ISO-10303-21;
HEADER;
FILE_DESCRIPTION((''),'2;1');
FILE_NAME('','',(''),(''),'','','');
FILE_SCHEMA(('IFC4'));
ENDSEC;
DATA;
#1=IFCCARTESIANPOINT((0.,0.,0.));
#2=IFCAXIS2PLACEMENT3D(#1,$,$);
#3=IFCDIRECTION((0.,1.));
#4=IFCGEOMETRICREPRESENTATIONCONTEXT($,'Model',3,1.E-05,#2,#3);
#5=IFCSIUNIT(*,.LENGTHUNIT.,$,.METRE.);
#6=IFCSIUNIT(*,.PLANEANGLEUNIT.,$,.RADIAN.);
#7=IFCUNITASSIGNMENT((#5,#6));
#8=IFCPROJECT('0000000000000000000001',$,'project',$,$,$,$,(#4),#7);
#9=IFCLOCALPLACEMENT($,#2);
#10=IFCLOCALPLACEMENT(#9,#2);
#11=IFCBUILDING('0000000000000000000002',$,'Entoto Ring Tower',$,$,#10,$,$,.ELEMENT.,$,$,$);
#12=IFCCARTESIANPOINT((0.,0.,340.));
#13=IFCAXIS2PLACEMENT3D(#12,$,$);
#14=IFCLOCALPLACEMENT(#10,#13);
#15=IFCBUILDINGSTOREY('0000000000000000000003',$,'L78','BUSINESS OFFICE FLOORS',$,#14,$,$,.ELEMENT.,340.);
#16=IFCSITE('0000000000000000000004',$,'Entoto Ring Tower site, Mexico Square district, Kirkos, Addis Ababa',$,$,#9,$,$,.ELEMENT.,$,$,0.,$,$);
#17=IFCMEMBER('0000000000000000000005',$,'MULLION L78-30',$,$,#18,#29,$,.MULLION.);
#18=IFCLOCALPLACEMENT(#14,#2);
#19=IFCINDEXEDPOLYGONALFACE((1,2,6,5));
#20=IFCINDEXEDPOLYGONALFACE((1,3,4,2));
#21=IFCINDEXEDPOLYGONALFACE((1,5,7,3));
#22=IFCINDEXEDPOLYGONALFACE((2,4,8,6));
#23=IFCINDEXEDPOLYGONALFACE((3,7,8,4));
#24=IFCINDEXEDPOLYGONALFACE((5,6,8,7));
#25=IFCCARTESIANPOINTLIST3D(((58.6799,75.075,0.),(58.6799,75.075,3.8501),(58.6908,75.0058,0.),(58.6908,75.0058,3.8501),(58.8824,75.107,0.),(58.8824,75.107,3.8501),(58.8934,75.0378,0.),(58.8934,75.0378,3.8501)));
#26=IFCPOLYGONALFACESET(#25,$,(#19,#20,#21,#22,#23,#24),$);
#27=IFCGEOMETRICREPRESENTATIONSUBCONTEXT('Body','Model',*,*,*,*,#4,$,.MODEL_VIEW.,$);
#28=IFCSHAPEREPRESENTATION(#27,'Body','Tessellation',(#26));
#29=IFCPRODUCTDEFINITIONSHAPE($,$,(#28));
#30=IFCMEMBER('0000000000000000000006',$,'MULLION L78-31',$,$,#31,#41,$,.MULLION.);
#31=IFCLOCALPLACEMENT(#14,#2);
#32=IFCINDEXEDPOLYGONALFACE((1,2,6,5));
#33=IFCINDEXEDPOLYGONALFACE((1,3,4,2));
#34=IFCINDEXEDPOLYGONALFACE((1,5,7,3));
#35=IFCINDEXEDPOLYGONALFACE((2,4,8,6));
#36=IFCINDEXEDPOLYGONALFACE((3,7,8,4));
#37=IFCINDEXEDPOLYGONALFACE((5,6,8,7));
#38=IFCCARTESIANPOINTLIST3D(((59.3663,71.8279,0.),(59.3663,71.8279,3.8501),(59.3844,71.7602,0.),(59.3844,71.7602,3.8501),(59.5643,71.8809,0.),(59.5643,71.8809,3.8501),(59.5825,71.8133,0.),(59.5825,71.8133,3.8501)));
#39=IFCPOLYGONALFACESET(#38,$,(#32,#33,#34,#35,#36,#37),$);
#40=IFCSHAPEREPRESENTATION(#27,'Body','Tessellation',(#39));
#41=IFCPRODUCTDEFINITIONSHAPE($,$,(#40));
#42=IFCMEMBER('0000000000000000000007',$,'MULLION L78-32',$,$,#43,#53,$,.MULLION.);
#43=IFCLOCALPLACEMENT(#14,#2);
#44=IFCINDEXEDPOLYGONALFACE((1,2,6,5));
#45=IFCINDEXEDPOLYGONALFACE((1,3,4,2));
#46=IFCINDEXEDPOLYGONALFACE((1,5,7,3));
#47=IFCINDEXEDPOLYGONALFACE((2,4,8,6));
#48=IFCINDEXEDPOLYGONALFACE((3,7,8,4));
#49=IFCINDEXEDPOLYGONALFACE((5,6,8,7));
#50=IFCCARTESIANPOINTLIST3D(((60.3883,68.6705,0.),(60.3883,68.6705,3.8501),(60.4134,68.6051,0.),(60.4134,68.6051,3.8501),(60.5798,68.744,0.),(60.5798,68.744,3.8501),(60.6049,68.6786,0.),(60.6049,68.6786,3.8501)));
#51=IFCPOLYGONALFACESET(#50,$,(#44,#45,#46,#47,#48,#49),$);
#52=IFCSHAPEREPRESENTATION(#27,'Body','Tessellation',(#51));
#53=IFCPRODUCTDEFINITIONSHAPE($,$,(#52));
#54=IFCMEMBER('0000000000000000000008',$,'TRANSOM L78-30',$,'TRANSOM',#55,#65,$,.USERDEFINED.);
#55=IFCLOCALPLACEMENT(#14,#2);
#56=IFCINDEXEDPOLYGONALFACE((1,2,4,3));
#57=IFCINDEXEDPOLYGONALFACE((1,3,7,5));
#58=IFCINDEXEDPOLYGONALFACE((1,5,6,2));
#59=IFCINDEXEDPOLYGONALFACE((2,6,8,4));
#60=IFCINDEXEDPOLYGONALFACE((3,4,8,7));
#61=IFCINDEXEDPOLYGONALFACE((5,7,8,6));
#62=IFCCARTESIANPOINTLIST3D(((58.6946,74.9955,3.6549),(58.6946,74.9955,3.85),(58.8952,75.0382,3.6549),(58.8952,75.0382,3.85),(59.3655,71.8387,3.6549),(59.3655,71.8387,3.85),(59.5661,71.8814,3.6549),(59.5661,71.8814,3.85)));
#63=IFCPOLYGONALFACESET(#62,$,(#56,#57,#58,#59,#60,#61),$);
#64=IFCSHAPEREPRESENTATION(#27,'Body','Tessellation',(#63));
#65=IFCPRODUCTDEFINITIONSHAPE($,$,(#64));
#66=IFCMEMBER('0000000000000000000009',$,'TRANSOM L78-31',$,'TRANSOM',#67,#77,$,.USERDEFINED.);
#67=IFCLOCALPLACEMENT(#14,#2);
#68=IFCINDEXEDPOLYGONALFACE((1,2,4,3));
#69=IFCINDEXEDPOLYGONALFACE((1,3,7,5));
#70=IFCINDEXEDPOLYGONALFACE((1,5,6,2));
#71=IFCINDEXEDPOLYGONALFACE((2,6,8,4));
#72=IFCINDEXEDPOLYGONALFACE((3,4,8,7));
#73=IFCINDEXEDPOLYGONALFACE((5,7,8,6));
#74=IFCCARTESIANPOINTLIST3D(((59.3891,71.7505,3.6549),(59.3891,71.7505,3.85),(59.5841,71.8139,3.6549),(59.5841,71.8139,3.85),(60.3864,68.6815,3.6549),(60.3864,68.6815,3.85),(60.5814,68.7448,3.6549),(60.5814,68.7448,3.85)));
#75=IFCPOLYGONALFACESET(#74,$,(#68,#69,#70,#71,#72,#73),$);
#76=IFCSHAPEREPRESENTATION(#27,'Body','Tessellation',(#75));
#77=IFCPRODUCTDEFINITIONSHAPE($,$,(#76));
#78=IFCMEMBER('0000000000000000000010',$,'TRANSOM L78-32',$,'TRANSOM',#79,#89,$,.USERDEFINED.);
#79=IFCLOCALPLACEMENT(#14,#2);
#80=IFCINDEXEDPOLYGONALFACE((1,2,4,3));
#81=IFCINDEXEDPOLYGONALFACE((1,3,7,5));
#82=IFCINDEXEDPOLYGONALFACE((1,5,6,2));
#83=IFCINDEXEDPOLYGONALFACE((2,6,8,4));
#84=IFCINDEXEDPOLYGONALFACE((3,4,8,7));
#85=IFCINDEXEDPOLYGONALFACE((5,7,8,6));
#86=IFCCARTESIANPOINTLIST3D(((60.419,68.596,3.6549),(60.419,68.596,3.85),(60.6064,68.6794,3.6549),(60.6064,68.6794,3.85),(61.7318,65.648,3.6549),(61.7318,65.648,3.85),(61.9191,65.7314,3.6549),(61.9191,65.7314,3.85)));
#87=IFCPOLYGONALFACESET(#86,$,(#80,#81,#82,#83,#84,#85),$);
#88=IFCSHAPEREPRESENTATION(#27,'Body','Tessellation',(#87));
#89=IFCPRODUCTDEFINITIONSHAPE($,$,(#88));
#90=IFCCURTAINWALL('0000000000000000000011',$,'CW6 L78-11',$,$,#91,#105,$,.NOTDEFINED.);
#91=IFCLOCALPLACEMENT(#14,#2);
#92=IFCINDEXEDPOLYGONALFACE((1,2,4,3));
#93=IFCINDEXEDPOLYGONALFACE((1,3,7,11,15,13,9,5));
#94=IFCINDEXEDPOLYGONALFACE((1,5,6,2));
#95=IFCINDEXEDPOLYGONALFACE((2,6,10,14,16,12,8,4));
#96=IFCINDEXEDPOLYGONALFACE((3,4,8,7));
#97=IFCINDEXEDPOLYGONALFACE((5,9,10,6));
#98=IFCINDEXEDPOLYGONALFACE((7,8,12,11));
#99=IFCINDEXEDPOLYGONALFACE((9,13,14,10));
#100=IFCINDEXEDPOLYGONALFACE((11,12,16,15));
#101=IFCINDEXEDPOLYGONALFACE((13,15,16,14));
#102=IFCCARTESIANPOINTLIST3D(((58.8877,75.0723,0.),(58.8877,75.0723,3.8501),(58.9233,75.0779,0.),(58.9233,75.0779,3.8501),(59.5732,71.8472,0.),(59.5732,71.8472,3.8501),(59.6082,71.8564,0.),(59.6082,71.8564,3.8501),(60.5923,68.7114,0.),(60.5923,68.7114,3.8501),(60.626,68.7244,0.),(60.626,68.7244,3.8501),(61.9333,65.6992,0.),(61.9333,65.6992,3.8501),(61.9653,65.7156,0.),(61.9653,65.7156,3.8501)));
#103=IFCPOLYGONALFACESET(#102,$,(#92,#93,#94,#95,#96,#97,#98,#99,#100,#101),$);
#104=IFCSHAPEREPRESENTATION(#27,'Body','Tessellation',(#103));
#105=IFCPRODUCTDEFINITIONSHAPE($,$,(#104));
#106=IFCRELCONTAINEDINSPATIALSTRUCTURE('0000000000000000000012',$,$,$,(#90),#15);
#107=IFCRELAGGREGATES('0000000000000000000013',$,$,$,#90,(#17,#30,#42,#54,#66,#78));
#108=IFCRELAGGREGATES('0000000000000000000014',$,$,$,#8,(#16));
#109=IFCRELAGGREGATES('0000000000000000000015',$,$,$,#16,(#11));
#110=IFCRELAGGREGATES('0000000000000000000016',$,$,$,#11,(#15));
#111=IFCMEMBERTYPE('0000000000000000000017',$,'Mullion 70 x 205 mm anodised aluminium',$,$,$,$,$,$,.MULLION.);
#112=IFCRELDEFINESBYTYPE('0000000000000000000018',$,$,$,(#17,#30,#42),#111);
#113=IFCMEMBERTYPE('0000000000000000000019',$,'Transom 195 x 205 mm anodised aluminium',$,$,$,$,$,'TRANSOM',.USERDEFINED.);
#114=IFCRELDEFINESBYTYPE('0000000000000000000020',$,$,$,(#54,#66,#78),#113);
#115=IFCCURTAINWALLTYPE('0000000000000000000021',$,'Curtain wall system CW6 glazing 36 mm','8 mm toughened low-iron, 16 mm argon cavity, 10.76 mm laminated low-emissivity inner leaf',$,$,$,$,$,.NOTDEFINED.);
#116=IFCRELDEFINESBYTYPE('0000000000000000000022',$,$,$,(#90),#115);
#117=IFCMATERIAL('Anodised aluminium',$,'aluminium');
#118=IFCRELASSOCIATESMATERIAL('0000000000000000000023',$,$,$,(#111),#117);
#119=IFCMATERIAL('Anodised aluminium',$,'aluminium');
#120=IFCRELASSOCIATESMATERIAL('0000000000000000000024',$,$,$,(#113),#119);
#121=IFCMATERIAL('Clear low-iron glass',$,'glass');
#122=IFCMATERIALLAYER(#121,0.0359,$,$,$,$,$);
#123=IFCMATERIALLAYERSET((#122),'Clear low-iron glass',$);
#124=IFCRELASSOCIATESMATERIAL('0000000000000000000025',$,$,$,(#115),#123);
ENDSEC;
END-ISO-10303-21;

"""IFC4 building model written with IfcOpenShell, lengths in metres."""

from ifc_helpers import new_model, si_unit, direction, frame, origin, origin_2d, place, context, subcontext, project, spatial, polyline, rectangle, outline, extrude, material, layer, layer_set, material_profile, profile_set, type_object, element, aggregate, save


model = new_model("IFC4")

# Units and contexts
model_context = context("Model", 3, precision=1e-05, world=origin(), true_north=direction((0.0, 1.0)))
body_context = subcontext(model_context, "Body", "Model", "MODEL_VIEW")
ifc_project = project(units=[si_unit("LENGTHUNIT", "METRE"), si_unit("PLANEANGLEUNIT", "RADIAN")], contexts=[model_context])

# Members
ifc_material_1 = material(Name="Anodised aluminium", Category="aluminium")
ifc_material_profile_1 = material_profile(ifc_material_1, rectangle(XDim=0.0701, YDim=0.2051, at=origin_2d()), Name="Mullion 70 x 205 mm anodised aluminium")
ifc_profile_set_1 = profile_set([ifc_material_profile_1], Name="Anodised aluminium")
member_type_1 = type_object("IfcMemberType", Name="Mullion 70 x 205 mm anodised aluminium", PredefinedType="MULLION", material=ifc_profile_set_1)
site_placement = place(None, origin())
building_placement = place(site_placement, origin())
storey_placement = place(building_placement, frame((0.0, 0.0, 340.0)))
member_1_placement = place(storey_placement, frame((58.7866, 75.0564, 0.0), z_axis=(0.0, 0.0, 1.0), x_axis=(0.156434, -0.987688, 0.0)))
member_1 = element("IfcMember", 1, at=member_1_placement, type_object=member_type_1, Name="MULLION L78-30", PredefinedType="MULLION", context=body_context, shape_type="SweptSolid", body=[
    extrude(rectangle(XDim=0.0701, YDim=0.2051, at=origin_2d()), origin(), (0.0, 0.0, 1.0), 3.8501),
])
member_2_placement = place(storey_placement, frame((59.4744, 71.8206, 0.0), z_axis=(0.0, 0.0, 1.0), x_axis=(0.258819, -0.965926, 0.0)))
member_2 = element("IfcMember", 2, at=member_2_placement, type_object=member_type_1, Name="MULLION L78-31", PredefinedType="MULLION", context=body_context, shape_type="SweptSolid", body=[
    extrude(rectangle(XDim=0.0701, YDim=0.2051, at=origin_2d()), origin(), (0.0, 0.0, 1.0), 3.8501),
])
member_3_placement = place(storey_placement, frame((60.4966, 68.6746, 0.0), z_axis=(0.0, 0.0, 1.0), x_axis=(0.358368, -0.93358, 0.0)))
member_3 = element("IfcMember", 3, at=member_3_placement, type_object=member_type_1, Name="MULLION L78-32", PredefinedType="MULLION", context=body_context, shape_type="SweptSolid", body=[
    extrude(rectangle(XDim=0.0701, YDim=0.2051, at=origin_2d()), origin(), (0.0, 0.0, 1.0), 3.8501),
])
ifc_material_2 = material(Name="Anodised aluminium", Category="aluminium")
ifc_material_profile_2 = material_profile(ifc_material_2, rectangle(XDim=0.2051, YDim=0.1951, at=origin_2d()), Name="Transom 195 x 205 mm anodised aluminium")
ifc_profile_set_2 = profile_set([ifc_material_profile_2], Name="Anodised aluminium")
member_type_2 = type_object("IfcMemberType", Name="Transom 195 x 205 mm anodised aluminium", ElementType="TRANSOM", PredefinedType="USERDEFINED", material=ifc_profile_set_2)
member_4_placement = place(storey_placement, frame((58.7949, 75.0168, 3.7524), z_axis=(0.207886, -0.978153, 0.0), x_axis=(0.978153, 0.207886, 0.0)))
member_4 = element("IfcMember", 4, at=member_4_placement, type_object=member_type_2, Name="TRANSOM L78-30", ObjectType="TRANSOM", PredefinedType="USERDEFINED", context=body_context, shape_type="SweptSolid", body=[
    extrude(rectangle(XDim=0.2051, YDim=0.1951, at=origin_2d()), origin(), (0.0, 0.0, 1.0), 3.2273),
])
member_5_placement = place(storey_placement, frame((59.4866, 71.7822, 3.7524), z_axis=(0.309047, -0.951047, 0.0), x_axis=(0.951047, 0.309047, 0.0)))
member_5 = element("IfcMember", 5, at=member_5_placement, type_object=member_type_2, Name="TRANSOM L78-31", ObjectType="TRANSOM", PredefinedType="USERDEFINED", context=body_context, shape_type="SweptSolid", body=[
    extrude(rectangle(XDim=0.2051, YDim=0.1951, at=origin_2d()), origin(), (0.0, 0.0, 1.0), 3.2271),
])
member_6_placement = place(storey_placement, frame((60.5127, 68.6377, 3.7524), z_axis=(0.406791, -0.913521, 0.0), x_axis=(0.913521, 0.406791, 0.0)))
member_6 = element("IfcMember", 6, at=member_6_placement, type_object=member_type_2, Name="TRANSOM L78-32", ObjectType="TRANSOM", PredefinedType="USERDEFINED", context=body_context, shape_type="SweptSolid", body=[
    extrude(rectangle(XDim=0.2051, YDim=0.1951, at=origin_2d()), origin(), (0.0, 0.0, 1.0), 3.2271),
])

# Site, building, storey
site = spatial("IfcSite", under=ifc_project, at=site_placement, Name="Entoto Ring Tower site, Mexico Square district, Kirkos, Addis Ababa", CompositionType="ELEMENT", RefElevation=0.0)
building = spatial("IfcBuilding", under=site, at=building_placement, Name="Entoto Ring Tower", CompositionType="ELEMENT")
storey = spatial("IfcBuildingStorey", under=building, at=storey_placement, Name="L78", Description="BUSINESS OFFICE FLOORS", CompositionType="ELEMENT", Elevation=340.0)

# Curtain wall
ifc_material_3 = material(Name="Clear low-iron glass", Category="glass")
ifc_layer = layer(ifc_material_3, 0.0359)
ifc_layer_set = layer_set([ifc_layer], Name="Clear low-iron glass")
curtain_wall_type = type_object("IfcCurtainWallType", Name="Curtain wall system CW6 glazing 36 mm", Description="8 mm toughened low-iron, 16 mm argon cavity, 10.76 mm laminated low-emissivity inner leaf", PredefinedType="NOTDEFINED", material=ifc_layer_set)
curtain_wall_1_placement = place(storey_placement, origin())
curtain_wall_1 = element("IfcCurtainWall", 7, at=curtain_wall_1_placement, inside=storey, type_object=curtain_wall_type, Name="CW6 L78-11", PredefinedType="NOTDEFINED", context=body_context, shape_type="SweptSolid", body=[
    extrude(outline(polyline([(58.8877, 75.0723), (59.5732, 71.8472), (60.5923, 68.7114), (61.9333, 65.6992), (61.9653, 65.7156), (60.626, 68.7244), (59.6082, 71.8564), (58.9233, 75.0779), (58.8877, 75.0723)])), origin(), (0.0, 0.0, 1.0), 3.8501),
])
aggregate(curtain_wall_1, [member_1, member_2, member_3, member_4, member_5, member_6])

save(model, "model.ifc")
